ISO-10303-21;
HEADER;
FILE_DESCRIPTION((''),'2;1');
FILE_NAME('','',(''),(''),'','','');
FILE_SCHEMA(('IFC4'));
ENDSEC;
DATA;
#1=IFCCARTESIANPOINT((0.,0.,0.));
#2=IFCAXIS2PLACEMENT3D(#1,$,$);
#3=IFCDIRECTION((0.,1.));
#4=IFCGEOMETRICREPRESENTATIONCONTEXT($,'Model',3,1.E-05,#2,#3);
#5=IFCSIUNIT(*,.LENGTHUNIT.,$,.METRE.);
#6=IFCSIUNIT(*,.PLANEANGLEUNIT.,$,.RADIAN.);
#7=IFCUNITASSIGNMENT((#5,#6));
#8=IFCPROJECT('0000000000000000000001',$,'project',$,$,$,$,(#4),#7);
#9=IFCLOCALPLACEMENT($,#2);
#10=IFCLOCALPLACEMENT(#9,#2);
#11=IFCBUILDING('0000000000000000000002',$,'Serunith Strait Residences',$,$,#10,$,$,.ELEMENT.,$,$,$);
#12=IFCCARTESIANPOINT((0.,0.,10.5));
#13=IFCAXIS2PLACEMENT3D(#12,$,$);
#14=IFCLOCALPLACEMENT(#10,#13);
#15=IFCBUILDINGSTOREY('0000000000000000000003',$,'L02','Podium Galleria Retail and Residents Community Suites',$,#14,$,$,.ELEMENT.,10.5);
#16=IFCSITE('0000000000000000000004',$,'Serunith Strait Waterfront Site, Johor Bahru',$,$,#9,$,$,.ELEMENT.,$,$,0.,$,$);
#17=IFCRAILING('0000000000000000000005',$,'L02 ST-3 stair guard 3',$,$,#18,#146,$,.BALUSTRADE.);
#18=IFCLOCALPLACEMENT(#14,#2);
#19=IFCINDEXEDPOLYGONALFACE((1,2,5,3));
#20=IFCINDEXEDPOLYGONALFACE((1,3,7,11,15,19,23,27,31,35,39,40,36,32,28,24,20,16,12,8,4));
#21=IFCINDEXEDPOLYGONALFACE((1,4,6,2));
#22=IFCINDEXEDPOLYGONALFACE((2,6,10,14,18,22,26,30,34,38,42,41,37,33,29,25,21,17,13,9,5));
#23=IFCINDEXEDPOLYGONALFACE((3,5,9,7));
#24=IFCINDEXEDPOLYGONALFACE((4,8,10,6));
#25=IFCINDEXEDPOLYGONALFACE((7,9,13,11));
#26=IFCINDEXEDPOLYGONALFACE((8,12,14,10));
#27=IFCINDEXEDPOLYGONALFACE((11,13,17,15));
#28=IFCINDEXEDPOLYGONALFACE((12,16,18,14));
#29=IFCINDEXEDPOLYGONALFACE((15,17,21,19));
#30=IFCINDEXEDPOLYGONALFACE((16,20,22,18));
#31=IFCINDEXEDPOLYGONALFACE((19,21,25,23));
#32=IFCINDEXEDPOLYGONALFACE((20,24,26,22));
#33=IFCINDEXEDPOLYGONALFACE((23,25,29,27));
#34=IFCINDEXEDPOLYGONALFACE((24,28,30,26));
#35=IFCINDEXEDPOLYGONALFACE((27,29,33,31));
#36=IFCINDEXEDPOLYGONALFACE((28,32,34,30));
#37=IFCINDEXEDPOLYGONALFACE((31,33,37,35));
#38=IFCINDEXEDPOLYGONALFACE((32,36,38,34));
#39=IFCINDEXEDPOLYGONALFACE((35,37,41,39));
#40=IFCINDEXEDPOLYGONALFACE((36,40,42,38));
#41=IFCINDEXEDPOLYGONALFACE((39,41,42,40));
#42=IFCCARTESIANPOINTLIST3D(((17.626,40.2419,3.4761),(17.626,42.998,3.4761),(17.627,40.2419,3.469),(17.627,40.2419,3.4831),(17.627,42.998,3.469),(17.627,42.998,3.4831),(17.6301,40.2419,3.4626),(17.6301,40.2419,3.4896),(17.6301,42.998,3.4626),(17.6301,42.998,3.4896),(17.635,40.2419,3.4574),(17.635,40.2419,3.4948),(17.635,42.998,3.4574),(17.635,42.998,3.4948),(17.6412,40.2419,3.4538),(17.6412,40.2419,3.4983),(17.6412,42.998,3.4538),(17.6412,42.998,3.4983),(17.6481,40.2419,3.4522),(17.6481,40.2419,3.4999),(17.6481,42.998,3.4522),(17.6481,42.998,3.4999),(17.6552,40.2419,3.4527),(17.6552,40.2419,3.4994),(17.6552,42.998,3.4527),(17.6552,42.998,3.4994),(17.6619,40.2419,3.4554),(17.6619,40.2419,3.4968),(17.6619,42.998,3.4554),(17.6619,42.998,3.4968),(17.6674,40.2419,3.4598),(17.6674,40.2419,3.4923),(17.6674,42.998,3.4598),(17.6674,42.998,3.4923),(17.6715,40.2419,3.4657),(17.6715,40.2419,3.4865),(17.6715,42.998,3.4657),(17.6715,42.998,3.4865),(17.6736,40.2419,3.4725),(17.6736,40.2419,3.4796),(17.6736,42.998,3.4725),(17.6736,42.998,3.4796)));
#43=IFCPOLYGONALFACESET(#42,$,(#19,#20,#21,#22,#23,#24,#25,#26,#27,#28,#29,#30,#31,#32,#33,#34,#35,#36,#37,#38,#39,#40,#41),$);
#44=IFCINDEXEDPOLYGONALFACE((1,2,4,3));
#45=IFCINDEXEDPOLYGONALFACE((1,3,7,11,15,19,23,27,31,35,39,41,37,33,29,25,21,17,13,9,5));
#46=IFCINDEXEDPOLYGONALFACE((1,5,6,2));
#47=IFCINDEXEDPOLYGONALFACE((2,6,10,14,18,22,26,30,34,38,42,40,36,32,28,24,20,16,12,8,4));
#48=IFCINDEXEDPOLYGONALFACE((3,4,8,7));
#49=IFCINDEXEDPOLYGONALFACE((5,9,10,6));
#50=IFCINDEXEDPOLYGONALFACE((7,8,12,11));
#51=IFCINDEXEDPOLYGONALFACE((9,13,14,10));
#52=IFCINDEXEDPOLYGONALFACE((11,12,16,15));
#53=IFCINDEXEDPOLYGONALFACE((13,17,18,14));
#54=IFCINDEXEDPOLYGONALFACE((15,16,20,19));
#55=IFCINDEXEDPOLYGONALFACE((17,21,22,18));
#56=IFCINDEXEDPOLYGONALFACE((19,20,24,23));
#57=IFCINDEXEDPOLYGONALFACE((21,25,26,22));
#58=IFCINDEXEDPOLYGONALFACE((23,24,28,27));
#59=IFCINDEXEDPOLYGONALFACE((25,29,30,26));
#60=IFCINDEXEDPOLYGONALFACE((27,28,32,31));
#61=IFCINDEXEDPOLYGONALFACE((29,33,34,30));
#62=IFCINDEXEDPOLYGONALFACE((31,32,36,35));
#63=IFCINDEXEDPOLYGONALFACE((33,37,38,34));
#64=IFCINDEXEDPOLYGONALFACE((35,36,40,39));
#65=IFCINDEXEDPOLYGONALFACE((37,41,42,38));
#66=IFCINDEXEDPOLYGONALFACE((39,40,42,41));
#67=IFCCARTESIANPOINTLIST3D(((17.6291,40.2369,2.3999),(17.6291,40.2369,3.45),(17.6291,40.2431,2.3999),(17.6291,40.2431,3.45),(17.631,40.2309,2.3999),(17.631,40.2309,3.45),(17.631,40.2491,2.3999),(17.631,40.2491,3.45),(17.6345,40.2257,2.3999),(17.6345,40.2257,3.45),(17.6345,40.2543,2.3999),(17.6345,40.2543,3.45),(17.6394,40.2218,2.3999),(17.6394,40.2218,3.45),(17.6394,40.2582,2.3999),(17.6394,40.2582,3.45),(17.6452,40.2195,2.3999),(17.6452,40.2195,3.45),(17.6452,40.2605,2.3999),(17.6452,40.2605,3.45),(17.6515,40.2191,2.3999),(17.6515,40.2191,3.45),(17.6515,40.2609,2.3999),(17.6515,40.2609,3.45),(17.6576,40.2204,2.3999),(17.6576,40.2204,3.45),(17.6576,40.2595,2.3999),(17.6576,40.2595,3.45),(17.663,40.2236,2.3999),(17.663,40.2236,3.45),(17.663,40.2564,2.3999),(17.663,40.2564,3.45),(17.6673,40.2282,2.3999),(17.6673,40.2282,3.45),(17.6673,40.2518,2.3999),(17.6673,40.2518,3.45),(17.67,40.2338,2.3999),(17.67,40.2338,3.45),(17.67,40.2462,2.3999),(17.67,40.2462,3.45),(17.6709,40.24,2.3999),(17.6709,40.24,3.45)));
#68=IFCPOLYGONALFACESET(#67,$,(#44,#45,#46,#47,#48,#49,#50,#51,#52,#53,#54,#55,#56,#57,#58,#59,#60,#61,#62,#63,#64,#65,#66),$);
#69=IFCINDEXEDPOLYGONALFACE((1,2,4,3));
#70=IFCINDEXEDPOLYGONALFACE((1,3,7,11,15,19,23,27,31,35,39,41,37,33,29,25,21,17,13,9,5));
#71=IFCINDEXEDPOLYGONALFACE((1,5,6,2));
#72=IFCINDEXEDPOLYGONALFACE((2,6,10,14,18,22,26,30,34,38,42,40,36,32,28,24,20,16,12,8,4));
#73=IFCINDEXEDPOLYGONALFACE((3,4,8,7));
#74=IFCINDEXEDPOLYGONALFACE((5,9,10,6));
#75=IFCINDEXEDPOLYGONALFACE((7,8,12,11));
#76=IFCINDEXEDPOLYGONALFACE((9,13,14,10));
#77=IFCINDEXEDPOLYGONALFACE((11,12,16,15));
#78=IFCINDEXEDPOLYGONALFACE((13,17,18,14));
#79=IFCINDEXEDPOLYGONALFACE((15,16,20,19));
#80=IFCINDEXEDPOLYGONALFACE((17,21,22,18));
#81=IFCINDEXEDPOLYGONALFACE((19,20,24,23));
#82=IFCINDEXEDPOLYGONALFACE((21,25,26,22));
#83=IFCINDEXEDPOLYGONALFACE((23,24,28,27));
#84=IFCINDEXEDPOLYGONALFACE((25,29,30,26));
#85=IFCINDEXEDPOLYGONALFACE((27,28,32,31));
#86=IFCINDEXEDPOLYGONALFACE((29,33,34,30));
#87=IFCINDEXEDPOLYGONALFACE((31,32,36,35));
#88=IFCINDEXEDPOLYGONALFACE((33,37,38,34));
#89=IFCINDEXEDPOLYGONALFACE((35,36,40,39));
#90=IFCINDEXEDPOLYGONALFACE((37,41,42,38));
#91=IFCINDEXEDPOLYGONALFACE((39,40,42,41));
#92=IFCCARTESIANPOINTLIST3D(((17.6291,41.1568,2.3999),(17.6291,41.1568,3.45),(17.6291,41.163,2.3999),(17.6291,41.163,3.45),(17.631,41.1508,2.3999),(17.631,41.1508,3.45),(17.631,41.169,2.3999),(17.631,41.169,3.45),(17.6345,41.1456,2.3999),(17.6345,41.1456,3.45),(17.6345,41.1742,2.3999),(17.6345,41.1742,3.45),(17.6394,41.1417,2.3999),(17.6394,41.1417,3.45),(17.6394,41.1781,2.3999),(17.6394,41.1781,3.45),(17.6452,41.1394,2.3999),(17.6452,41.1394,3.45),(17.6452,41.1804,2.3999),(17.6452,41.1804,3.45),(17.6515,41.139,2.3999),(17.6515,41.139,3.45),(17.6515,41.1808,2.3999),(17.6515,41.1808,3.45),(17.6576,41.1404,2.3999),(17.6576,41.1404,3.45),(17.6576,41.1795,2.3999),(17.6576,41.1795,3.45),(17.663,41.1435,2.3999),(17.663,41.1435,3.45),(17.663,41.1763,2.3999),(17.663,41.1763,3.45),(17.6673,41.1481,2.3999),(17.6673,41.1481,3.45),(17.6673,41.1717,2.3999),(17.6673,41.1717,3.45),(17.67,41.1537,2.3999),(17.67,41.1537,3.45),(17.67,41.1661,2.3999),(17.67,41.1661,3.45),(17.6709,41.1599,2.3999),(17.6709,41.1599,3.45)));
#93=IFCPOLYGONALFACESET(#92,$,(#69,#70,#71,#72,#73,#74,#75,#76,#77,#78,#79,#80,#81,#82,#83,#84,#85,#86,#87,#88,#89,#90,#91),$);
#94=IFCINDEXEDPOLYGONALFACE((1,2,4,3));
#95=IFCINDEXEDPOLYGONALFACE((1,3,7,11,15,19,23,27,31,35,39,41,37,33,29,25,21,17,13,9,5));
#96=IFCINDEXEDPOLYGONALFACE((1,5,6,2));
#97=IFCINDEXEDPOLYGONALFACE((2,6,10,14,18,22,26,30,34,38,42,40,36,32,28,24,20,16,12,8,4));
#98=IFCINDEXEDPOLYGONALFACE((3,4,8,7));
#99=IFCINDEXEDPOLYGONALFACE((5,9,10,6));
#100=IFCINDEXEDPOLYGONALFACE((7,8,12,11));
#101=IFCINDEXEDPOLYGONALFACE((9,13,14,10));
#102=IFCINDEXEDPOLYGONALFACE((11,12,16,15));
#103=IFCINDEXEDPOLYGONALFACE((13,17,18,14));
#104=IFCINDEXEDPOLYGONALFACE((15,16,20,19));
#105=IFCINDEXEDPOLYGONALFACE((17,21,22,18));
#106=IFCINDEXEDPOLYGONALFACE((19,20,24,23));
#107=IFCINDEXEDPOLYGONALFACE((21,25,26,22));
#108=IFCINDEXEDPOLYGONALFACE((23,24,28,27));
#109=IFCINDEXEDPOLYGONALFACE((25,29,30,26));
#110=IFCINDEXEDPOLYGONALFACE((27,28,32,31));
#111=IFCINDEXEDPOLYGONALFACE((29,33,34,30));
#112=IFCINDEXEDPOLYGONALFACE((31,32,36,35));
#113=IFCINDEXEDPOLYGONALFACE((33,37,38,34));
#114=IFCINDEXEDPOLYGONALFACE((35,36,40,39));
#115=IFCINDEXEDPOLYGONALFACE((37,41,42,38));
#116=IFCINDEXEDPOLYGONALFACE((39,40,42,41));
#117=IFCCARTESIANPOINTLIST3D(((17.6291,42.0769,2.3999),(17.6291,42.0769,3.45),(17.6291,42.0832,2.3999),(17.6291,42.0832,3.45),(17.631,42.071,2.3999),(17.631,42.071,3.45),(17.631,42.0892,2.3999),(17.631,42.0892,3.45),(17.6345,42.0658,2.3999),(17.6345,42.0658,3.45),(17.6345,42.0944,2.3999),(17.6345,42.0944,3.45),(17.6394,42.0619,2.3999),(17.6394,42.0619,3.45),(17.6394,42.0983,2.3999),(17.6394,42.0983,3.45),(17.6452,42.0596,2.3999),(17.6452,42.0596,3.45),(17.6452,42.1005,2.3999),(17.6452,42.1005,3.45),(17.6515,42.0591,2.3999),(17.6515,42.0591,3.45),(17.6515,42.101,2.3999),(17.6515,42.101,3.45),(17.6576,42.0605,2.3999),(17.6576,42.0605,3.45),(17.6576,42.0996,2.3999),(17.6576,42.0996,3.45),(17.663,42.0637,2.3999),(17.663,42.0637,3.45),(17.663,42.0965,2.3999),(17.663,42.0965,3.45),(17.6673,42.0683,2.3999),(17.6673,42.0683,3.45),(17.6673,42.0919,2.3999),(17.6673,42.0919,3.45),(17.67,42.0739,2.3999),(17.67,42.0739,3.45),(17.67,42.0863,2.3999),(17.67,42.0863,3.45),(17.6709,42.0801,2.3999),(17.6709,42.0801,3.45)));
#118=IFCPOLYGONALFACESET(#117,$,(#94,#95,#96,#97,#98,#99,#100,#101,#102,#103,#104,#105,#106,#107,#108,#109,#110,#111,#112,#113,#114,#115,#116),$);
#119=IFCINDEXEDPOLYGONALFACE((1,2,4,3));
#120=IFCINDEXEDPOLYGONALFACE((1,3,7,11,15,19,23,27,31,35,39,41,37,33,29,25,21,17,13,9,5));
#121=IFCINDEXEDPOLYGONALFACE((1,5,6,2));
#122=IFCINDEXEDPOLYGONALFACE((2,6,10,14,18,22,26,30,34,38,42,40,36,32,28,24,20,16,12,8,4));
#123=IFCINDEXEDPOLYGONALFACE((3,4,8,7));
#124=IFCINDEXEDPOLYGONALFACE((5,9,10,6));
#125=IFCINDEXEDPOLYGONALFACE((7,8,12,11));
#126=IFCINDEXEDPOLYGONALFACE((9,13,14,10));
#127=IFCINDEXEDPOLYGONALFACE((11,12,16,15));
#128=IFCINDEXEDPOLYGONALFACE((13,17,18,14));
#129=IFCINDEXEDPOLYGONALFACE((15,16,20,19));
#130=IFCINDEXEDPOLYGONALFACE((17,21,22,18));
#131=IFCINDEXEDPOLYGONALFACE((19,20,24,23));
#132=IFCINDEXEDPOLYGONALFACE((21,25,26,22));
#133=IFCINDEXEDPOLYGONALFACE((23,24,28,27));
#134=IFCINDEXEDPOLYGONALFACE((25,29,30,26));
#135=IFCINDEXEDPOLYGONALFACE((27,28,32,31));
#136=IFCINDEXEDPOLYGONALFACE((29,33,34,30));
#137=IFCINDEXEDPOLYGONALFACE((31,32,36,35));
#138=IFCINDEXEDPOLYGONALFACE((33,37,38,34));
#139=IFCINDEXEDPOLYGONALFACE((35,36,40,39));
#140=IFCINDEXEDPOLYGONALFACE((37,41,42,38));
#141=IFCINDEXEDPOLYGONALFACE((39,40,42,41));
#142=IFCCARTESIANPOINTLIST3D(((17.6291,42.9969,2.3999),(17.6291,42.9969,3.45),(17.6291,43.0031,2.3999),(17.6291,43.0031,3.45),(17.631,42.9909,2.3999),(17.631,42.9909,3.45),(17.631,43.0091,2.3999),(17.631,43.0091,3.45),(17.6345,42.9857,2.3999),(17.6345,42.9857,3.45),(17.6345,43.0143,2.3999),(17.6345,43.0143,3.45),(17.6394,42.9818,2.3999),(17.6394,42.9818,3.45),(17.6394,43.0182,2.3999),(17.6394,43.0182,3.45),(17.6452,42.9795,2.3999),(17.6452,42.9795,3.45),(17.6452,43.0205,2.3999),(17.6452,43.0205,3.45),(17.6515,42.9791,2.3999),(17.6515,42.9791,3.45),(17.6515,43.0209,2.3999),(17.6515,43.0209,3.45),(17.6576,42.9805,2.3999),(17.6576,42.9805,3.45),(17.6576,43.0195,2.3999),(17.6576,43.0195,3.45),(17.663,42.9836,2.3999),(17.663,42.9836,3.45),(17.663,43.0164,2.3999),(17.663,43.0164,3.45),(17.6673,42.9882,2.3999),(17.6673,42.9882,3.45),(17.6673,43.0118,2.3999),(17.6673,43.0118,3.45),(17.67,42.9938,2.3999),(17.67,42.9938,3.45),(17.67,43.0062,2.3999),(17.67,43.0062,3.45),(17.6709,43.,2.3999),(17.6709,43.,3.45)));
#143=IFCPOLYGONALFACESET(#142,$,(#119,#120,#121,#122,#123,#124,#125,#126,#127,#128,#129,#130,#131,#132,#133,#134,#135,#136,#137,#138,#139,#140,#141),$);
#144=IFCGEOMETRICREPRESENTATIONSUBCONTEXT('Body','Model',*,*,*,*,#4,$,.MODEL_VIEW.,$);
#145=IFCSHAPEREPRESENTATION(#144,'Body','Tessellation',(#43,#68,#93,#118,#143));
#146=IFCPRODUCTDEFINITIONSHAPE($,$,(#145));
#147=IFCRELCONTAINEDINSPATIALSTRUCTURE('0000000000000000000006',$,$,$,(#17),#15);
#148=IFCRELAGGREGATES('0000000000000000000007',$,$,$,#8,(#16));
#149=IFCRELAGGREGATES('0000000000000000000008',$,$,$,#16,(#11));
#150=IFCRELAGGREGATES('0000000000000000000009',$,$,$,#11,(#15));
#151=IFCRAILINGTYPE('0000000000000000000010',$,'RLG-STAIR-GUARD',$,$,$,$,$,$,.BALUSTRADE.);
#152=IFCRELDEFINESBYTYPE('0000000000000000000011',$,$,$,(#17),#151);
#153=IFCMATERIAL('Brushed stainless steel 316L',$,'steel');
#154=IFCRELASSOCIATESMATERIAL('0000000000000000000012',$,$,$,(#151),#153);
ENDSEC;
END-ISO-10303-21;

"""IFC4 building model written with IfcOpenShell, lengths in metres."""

from ifc_helpers import new_model, si_unit, direction, frame, origin, origin_2d, place, context, subcontext, project, spatial, circle, extrude, material, type_object, element, save


model = new_model("IFC4")

# Units and contexts
model_context = context("Model", 3, precision=1e-05, world=origin(), true_north=direction((0.0, 1.0)))
body_context = subcontext(model_context, "Body", "Model", "MODEL_VIEW")
ifc_project = project(units=[si_unit("LENGTHUNIT", "METRE"), si_unit("PLANEANGLEUNIT", "RADIAN")], contexts=[model_context])

# Site, building, storey
site_placement = place(None, origin())
site = spatial("IfcSite", under=ifc_project, at=site_placement, Name="Serunith Strait Waterfront Site, Johor Bahru", CompositionType="ELEMENT", RefElevation=0.0)
building_placement = place(site_placement, origin())
building = spatial("IfcBuilding", under=site, at=building_placement, Name="Serunith Strait Residences", CompositionType="ELEMENT")
storey_placement = place(building_placement, frame((0.0, 0.0, 10.5)))
storey = spatial("IfcBuildingStorey", under=building, at=storey_placement, Name="L02", Description="Podium Galleria Retail and Residents Community Suites", CompositionType="ELEMENT", Elevation=10.5)

# Railing
ifc_material_1 = material(Name="Brushed stainless steel 316L", Category="steel")
railing_type_1 = type_object("IfcRailingType", Name="RLG-STAIR-GUARD", PredefinedType="BALUSTRADE", material=ifc_material_1)
railing_1_placement = place(storey_placement, frame((17.6499, 40.24, 2.3999)))
element("IfcRailing", 1, at=railing_1_placement, inside=storey, type_object=railing_type_1, Name="L02 ST-3 stair guard 3", PredefinedType="BALUSTRADE", context=body_context, shape_type="SweptSolid", body=[
    extrude(circle(Radius=0.0239, at=origin_2d()), frame((0.0, 0.002, 1.0762), z_axis=(0.0, 1.0, 0.0), x_axis=(-1.0, 0.0, 0.0)), (0.0, 0.0, 1.0), 2.7561),
    extrude(circle(Radius=0.021, at=origin_2d()), origin(), (0.0, 0.0, 1.0), 1.05),
    extrude(circle(Radius=0.021, at=origin_2d()), frame((0.0, 0.9199, 0.0)), (0.0, 0.0, 1.0), 1.05),
    extrude(circle(Radius=0.021, at=origin_2d()), frame((0.0, 1.8401, 0.0)), (0.0, 0.0, 1.0), 1.05),
    extrude(circle(Radius=0.021, at=origin_2d()), frame((0.0, 2.76, 0.0)), (0.0, 0.0, 1.0), 1.05),
])

save(model, "model.ifc")
